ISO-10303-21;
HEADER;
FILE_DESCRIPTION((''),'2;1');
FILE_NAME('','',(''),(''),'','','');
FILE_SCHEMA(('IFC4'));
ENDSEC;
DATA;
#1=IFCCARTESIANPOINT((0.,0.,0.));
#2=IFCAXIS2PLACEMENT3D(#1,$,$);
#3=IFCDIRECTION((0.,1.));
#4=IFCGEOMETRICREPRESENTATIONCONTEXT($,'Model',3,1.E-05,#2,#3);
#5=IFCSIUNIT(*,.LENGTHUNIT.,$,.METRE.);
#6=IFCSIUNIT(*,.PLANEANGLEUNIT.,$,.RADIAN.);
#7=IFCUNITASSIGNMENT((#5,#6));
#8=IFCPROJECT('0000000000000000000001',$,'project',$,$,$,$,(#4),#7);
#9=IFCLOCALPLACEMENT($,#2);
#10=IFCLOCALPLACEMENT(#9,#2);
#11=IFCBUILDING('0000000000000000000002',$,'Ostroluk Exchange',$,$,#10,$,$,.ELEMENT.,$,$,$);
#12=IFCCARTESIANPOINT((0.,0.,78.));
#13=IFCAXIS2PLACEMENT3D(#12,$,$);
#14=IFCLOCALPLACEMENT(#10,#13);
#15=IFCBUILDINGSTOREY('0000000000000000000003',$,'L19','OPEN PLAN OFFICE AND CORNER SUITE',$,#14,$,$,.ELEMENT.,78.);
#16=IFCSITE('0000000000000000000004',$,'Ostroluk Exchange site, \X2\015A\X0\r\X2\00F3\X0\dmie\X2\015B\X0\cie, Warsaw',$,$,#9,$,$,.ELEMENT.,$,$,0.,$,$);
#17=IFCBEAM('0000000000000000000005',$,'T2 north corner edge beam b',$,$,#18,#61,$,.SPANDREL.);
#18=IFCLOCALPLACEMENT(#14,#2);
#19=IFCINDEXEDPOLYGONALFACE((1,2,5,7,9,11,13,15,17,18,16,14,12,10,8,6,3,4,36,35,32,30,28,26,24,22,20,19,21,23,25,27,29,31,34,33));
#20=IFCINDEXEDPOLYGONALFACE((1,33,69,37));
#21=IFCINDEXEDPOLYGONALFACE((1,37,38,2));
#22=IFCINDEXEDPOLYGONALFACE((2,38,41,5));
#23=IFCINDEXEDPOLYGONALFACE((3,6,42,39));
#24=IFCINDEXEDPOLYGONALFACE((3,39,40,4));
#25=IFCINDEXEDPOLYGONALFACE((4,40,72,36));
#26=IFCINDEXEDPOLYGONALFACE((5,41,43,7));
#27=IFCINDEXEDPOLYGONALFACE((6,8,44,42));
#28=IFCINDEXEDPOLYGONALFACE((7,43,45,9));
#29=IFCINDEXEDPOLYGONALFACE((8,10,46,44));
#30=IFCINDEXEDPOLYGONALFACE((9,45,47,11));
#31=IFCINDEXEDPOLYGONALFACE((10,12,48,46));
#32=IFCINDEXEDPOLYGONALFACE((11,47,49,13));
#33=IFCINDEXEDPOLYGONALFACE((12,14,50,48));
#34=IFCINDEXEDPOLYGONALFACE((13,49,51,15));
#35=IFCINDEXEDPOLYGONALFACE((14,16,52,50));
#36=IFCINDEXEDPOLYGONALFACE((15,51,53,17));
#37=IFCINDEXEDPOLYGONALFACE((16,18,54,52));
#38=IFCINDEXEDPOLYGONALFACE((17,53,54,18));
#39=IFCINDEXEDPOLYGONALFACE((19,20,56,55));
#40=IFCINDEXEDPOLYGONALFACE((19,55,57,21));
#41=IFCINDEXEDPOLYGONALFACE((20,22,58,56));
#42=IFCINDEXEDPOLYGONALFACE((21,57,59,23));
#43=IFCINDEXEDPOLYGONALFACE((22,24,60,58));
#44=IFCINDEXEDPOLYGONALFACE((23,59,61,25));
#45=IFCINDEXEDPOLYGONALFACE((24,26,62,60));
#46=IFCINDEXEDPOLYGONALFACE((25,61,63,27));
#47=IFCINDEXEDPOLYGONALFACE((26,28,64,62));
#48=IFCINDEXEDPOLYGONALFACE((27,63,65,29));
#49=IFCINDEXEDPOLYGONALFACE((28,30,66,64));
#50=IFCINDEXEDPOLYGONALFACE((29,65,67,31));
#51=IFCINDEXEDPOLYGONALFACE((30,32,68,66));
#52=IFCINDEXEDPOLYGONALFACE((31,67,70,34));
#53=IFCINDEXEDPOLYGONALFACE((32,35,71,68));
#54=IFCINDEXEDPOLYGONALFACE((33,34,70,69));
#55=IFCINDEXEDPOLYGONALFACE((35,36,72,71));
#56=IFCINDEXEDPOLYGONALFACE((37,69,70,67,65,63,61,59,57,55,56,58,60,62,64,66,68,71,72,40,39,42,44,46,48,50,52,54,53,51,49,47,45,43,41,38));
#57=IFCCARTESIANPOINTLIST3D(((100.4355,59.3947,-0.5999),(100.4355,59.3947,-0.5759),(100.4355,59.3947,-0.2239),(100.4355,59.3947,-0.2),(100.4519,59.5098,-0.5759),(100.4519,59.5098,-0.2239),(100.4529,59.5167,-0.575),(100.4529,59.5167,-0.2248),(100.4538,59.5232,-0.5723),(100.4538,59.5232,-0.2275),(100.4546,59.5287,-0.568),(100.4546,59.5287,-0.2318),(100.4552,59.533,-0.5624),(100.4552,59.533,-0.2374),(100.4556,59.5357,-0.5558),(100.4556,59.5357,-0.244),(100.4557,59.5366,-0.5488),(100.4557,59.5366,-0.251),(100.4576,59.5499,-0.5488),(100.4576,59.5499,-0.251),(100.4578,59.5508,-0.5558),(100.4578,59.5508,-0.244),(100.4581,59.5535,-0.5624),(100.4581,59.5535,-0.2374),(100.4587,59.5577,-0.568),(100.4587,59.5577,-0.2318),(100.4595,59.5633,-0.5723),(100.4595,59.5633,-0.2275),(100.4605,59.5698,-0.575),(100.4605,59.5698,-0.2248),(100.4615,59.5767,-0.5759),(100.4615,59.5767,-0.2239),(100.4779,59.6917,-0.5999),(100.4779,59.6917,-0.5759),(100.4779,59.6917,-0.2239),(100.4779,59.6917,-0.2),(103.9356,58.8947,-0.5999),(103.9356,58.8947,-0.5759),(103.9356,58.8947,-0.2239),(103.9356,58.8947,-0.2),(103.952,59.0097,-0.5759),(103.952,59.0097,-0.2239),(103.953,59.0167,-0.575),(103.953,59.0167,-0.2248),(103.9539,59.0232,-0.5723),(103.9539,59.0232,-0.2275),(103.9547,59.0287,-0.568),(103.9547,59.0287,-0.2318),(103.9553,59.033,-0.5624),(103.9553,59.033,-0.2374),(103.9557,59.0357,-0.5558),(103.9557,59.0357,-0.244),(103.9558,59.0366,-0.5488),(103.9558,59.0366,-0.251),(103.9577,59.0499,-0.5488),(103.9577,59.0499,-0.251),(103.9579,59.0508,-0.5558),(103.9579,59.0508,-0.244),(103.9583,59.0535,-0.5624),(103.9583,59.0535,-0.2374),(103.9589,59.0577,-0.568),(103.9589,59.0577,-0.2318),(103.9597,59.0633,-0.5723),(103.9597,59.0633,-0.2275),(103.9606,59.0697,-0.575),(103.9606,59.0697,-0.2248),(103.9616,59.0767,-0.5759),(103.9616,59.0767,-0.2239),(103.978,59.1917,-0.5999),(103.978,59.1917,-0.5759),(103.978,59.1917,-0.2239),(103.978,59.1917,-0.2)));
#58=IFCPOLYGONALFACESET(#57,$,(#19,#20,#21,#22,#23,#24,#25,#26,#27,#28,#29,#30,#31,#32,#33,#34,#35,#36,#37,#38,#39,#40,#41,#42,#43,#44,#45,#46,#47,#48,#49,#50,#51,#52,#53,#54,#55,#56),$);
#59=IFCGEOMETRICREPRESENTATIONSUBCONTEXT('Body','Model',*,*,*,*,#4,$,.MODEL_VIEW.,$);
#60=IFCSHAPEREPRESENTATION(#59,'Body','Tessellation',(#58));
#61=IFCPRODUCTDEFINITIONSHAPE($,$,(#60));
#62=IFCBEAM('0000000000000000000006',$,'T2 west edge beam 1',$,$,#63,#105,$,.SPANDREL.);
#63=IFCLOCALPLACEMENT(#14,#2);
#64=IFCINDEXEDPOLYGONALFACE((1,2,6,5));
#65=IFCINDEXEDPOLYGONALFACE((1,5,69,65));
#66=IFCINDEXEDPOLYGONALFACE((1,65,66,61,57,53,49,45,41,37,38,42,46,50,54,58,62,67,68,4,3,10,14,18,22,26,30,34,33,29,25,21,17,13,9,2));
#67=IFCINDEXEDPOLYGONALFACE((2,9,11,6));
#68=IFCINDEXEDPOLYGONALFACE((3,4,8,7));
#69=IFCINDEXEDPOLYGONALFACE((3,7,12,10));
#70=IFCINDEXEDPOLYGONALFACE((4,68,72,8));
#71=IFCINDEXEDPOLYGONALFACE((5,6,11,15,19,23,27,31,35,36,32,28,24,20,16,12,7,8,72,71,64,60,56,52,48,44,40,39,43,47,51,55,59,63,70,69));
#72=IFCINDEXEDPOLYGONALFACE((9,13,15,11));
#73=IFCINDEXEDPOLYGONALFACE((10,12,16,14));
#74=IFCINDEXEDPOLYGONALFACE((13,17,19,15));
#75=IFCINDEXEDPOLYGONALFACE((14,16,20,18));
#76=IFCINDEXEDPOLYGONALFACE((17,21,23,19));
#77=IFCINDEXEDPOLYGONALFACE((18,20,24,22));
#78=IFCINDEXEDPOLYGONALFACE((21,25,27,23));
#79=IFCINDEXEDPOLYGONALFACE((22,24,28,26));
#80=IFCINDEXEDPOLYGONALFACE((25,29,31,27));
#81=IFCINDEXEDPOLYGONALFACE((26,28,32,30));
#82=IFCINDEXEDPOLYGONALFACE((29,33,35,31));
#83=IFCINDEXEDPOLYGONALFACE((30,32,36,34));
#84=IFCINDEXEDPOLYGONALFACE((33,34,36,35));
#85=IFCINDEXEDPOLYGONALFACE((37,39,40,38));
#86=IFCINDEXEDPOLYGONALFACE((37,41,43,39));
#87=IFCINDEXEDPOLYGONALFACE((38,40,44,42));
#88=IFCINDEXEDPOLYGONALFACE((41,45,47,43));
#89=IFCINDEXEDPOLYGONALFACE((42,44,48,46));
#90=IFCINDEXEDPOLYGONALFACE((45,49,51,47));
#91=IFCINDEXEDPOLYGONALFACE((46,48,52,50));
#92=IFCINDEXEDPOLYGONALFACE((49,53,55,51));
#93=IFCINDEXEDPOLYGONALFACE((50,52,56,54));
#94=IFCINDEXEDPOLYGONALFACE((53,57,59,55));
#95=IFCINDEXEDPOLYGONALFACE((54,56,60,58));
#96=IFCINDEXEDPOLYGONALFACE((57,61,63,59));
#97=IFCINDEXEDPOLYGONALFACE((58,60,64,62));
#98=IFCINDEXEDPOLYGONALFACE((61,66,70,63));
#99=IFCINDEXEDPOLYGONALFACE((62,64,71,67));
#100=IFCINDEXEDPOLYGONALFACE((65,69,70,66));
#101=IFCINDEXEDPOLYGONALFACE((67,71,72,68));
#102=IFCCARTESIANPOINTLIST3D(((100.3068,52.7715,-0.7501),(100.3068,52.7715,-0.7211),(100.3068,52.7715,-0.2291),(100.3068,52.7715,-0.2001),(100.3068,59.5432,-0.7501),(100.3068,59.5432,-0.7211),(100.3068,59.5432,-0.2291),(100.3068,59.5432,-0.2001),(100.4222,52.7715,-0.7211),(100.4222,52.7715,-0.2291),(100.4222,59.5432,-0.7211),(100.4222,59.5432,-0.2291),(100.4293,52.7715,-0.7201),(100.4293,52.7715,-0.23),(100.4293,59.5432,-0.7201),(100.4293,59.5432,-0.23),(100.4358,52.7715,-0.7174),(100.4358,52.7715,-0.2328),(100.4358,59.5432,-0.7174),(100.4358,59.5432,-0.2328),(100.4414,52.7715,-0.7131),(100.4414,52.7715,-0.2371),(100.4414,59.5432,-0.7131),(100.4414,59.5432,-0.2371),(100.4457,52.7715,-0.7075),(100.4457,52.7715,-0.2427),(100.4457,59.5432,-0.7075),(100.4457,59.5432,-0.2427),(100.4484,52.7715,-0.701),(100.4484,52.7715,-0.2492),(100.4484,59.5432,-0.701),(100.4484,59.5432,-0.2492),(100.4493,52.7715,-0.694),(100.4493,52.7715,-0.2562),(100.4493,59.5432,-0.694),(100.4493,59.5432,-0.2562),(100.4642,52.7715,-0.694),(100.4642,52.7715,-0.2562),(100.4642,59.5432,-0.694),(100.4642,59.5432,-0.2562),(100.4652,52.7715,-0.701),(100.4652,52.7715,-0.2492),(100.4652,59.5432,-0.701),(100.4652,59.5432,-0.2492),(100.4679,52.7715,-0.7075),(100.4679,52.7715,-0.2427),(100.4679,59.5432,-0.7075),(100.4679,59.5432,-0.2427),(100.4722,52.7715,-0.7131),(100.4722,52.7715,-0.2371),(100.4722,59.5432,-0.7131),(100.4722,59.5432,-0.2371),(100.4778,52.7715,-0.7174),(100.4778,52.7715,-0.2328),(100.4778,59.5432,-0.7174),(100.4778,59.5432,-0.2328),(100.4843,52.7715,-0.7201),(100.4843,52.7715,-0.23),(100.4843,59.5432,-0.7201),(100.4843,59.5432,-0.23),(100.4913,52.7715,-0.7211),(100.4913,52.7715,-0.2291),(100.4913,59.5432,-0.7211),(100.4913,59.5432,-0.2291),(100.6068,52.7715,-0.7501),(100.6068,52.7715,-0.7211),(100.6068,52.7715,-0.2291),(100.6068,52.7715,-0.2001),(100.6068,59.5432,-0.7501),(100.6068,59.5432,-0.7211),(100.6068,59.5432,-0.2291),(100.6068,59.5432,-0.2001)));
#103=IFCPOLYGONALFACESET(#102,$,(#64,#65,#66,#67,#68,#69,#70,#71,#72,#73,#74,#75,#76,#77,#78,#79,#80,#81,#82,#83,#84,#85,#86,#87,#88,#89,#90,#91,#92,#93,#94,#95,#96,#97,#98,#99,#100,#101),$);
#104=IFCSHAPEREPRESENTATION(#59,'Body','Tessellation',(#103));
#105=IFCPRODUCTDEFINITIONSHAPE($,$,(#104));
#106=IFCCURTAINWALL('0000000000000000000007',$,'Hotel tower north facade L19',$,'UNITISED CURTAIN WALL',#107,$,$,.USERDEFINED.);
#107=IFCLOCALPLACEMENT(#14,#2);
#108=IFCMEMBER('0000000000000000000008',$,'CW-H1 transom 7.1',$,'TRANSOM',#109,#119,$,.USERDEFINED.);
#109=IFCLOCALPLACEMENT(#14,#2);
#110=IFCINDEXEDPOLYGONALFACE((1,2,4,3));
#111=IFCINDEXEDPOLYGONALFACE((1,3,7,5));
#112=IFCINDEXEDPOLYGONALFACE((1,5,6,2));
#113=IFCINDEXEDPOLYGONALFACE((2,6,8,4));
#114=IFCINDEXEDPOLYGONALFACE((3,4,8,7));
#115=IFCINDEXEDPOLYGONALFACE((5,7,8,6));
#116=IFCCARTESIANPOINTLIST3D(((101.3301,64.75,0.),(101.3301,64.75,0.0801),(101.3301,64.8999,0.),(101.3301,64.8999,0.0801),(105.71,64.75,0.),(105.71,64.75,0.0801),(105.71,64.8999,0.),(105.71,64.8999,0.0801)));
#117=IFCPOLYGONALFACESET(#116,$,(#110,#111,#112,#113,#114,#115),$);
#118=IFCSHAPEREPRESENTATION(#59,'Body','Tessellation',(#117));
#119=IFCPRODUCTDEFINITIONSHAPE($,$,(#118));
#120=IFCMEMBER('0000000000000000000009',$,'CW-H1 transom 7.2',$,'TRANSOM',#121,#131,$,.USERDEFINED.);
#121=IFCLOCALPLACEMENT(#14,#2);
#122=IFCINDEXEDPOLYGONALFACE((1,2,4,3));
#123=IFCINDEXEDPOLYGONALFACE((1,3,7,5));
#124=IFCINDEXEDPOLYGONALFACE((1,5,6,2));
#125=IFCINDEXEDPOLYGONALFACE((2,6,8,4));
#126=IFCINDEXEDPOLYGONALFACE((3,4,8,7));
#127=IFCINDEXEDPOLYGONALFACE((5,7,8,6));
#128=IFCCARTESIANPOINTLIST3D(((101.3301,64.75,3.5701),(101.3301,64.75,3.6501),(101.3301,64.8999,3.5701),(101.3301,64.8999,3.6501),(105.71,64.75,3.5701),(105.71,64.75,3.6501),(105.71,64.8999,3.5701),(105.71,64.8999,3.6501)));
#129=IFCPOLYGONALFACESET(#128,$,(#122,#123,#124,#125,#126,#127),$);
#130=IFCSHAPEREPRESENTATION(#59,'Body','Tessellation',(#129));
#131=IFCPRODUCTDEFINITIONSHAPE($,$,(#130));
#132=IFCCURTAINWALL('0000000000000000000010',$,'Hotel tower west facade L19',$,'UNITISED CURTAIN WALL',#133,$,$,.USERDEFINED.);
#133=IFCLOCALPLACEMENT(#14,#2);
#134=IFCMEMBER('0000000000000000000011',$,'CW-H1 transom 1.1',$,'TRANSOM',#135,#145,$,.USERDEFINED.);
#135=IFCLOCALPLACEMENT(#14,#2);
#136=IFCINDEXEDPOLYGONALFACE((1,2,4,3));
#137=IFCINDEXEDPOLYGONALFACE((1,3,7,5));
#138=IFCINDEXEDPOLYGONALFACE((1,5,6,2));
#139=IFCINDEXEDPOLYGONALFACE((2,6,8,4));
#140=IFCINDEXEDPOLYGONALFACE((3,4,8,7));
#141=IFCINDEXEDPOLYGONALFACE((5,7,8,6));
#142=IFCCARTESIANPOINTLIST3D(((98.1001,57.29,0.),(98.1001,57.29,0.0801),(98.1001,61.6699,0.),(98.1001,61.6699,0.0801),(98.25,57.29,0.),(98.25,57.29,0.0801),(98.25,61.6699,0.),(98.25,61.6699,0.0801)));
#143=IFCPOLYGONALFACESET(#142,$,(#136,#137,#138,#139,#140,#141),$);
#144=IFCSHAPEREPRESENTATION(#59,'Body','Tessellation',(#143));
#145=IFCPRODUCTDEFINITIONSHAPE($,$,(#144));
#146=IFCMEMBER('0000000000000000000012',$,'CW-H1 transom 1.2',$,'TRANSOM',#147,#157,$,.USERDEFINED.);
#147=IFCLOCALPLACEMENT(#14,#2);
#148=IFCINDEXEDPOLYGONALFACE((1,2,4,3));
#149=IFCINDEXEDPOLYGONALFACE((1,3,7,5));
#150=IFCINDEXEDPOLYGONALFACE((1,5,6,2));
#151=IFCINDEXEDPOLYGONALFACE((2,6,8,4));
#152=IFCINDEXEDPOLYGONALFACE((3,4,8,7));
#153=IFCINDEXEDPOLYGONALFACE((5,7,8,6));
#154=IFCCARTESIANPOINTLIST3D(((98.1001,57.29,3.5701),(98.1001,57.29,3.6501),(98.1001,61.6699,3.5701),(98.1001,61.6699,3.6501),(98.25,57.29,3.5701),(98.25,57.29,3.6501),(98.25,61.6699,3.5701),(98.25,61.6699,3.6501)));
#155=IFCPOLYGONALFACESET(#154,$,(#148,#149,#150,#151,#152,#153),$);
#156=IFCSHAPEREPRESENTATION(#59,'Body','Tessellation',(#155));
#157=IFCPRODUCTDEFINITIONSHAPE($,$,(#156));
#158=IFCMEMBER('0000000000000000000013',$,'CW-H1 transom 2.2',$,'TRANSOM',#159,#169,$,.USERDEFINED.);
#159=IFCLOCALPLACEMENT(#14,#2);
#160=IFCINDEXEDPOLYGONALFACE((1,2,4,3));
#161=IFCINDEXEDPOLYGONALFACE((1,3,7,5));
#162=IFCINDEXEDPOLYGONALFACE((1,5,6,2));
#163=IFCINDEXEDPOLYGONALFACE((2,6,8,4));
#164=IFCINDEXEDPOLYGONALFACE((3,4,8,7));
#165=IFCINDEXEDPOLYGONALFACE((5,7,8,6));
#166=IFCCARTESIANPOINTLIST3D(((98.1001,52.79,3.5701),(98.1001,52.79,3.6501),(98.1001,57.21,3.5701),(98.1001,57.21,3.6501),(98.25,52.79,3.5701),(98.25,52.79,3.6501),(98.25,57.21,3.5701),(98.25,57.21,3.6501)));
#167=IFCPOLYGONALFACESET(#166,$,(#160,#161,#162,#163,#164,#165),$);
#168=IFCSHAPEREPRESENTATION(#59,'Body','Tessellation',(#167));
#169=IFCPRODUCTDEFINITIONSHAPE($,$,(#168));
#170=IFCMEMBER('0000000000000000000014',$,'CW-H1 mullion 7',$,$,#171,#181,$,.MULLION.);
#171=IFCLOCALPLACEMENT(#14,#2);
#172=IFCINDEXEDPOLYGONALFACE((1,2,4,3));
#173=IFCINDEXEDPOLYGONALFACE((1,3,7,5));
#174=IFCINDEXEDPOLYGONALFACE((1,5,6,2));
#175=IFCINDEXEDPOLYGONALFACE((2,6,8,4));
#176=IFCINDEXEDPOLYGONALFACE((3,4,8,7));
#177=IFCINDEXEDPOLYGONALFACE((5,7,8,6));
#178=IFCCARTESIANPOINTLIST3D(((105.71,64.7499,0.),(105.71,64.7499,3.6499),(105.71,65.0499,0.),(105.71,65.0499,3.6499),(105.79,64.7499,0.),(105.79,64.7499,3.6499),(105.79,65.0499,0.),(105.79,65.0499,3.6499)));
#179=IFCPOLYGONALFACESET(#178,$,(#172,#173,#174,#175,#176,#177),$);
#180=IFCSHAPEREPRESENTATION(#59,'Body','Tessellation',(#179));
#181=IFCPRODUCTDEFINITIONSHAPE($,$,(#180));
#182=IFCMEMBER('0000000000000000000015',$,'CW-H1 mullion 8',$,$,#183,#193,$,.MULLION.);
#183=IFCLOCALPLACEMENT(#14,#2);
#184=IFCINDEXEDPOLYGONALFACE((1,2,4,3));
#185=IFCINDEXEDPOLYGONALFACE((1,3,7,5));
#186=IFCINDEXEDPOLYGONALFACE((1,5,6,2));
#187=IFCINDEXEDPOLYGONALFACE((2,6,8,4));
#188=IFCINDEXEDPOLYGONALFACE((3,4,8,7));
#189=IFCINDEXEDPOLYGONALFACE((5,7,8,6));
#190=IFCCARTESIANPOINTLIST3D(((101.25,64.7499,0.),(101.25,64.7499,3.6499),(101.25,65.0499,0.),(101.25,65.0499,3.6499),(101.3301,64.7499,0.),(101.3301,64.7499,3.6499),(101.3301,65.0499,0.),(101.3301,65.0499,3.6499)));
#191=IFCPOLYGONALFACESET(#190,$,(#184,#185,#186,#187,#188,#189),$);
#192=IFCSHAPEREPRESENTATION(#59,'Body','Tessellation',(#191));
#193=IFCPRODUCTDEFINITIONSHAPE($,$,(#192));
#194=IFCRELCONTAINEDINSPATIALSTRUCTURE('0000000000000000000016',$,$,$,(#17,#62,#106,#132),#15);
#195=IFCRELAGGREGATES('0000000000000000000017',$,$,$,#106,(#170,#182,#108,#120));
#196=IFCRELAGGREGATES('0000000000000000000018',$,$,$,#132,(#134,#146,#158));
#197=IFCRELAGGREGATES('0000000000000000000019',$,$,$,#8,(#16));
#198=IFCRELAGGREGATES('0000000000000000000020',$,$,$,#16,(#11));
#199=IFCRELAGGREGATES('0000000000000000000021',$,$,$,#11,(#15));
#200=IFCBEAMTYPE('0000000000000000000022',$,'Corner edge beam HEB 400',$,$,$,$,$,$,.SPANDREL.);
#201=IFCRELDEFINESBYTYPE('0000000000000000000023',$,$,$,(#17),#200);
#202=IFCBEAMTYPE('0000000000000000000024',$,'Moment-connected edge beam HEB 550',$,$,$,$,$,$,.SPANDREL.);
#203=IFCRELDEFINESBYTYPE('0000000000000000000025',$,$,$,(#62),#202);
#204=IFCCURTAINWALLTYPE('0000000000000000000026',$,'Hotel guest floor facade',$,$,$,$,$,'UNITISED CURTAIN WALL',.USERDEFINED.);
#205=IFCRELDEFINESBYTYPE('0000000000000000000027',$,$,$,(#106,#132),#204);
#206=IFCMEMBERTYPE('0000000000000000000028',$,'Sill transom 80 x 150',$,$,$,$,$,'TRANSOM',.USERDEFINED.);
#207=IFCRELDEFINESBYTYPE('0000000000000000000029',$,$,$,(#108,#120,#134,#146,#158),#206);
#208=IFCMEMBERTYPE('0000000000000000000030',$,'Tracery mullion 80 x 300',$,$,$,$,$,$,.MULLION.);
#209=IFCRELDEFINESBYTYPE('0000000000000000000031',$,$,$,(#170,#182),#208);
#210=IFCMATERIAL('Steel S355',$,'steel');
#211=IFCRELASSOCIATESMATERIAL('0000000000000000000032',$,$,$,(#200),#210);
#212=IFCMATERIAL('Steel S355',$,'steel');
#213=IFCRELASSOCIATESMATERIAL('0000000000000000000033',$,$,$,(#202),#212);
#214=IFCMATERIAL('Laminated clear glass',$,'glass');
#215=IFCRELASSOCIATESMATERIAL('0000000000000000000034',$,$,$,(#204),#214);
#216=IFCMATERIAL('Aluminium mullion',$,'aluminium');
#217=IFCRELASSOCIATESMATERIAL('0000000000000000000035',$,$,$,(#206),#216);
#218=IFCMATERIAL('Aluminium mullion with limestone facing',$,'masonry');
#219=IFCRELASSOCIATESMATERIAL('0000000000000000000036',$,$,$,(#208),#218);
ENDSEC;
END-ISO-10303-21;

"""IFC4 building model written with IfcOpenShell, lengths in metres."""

from ifc_helpers import new_model, si_unit, direction, frame, origin, origin_2d, place, context, subcontext, project, spatial, rectangle, i_section, extrude, material, material_profile, profile_set, type_object, element, aggregate, save


model = new_model("IFC4")

# Units and contexts
model_context = context("Model", 3, precision=1e-05, world=origin(), true_north=direction((0.0, 1.0)))
body_context = subcontext(model_context, "Body", "Model", "MODEL_VIEW")
ifc_project = project(units=[si_unit("LENGTHUNIT", "METRE"), si_unit("PLANEANGLEUNIT", "RADIAN")], contexts=[model_context])

# Site, building, storey
site_placement = place(None, origin())
site = spatial("IfcSite", under=ifc_project, at=site_placement, Name="Ostroluk Exchange site, Śródmieście, Warsaw", CompositionType="ELEMENT", RefElevation=0.0)
building_placement = place(site_placement, origin())
building = spatial("IfcBuilding", under=site, at=building_placement, Name="Ostroluk Exchange", CompositionType="ELEMENT")
storey_placement = place(building_placement, frame((0.0, 0.0, 78.0)))
storey = spatial("IfcBuildingStorey", under=building, at=storey_placement, Name="L19", Description="OPEN PLAN OFFICE AND CORNER SUITE", CompositionType="ELEMENT", Elevation=78.0)

# Beams
ifc_material_1 = material(Name="Steel S355", Category="steel")
ifc_material_profile_1 = material_profile(ifc_material_1, i_section(OverallWidth=0.3, OverallDepth=0.3999, WebThickness=0.0134, FlangeThickness=0.0239, FilletRadius=0.0271, at=origin_2d()), Name="HEB 400")
ifc_profile_set_1 = profile_set([ifc_material_profile_1], Name="Steel S355")
beam_type_1 = type_object("IfcBeamType", Name="Corner edge beam HEB 400", PredefinedType="SPANDREL", material=ifc_profile_set_1)
for number, where, z_axis, x_axis, name in (
    (1, (103.9568, 59.0432, -0.3999), (-0.989949, 0.141421, 0.0), (-0.141421, -0.989949, 0.0), "T2 north corner edge beam b"),
):
    element("IfcBeam", number, at=place(storey_placement, frame(where, z_axis=z_axis, x_axis=x_axis)), inside=storey, type_object=beam_type_1, Name=name, PredefinedType="SPANDREL", context=body_context, shape_type="SweptSolid", body=[
        extrude(i_section(OverallWidth=0.3, OverallDepth=0.3999, WebThickness=0.0134, FlangeThickness=0.0239, FilletRadius=0.0271, at=origin_2d()), origin(), (0.0, 0.0, 1.0), 3.5356),
    ])
ifc_material_2 = material(Name="Steel S355", Category="steel")
ifc_material_profile_2 = material_profile(ifc_material_2, i_section(OverallWidth=0.3, OverallDepth=0.55, WebThickness=0.0149, FlangeThickness=0.0291, FilletRadius=0.0271, at=origin_2d()), Name="HEB 550")
ifc_profile_set_2 = profile_set([ifc_material_profile_2], Name="Steel S355")
beam_type_2 = type_object("IfcBeamType", Name="Moment-connected edge beam HEB 550", PredefinedType="SPANDREL", material=ifc_profile_set_2)
beam_1_placement = place(storey_placement, frame((100.4568, 59.5432, -0.4751), z_axis=(0.0, -1.0, 0.0), x_axis=(1.0, 0.0, 0.0)))
element("IfcBeam", 2, at=beam_1_placement, inside=storey, type_object=beam_type_2, Name="T2 west edge beam 1", PredefinedType="SPANDREL", context=body_context, shape_type="SweptSolid", body=[
    extrude(i_section(OverallWidth=0.3, OverallDepth=0.55, WebThickness=0.0149, FlangeThickness=0.0291, FilletRadius=0.0271, at=origin_2d()), origin(), (0.0, 0.0, 1.0), 6.7717),
])

# Curtain walls, members
ifc_material_3 = material(Name="Laminated clear glass", Category="glass")
curtain_wall_type = type_object("IfcCurtainWallType", Name="Hotel guest floor facade", ElementType="UNITISED CURTAIN WALL", PredefinedType="USERDEFINED", material=ifc_material_3)
curtain_wall_1_placement = place(storey_placement, origin())
curtain_wall_1 = element("IfcCurtainWall", 3, at=curtain_wall_1_placement, inside=storey, type_object=curtain_wall_type, Name="Hotel tower north facade L19", ObjectType="UNITISED CURTAIN WALL", PredefinedType="USERDEFINED")
ifc_material_4 = material(Name="Aluminium mullion", Category="aluminium")
ifc_material_profile_3 = material_profile(ifc_material_4, rectangle(XDim=0.1499, YDim=0.0801, at=origin_2d()), Name="Sill transom 80 x 150")
ifc_profile_set_3 = profile_set([ifc_material_profile_3], Name="Aluminium mullion")
member_type_1 = type_object("IfcMemberType", Name="Sill transom 80 x 150", ElementType="TRANSOM", PredefinedType="USERDEFINED", material=ifc_profile_set_3)
member_1_placement = place(storey_placement, frame((105.71, 64.825, 0.04), z_axis=(-1.0, 0.0, 0.0), x_axis=(0.0, -1.0, 0.0)))
member_1 = element("IfcMember", 4, at=member_1_placement, type_object=member_type_1, Name="CW-H1 transom 7.1", ObjectType="TRANSOM", PredefinedType="USERDEFINED", context=body_context, shape_type="SweptSolid", body=[
    extrude(rectangle(XDim=0.1499, YDim=0.0801, at=origin_2d()), origin(), (0.0, 0.0, 1.0), 4.3799),
])
member_2_placement = place(storey_placement, frame((105.71, 64.825, 3.6101), z_axis=(-1.0, 0.0, 0.0), x_axis=(0.0, -1.0, 0.0)))
member_2 = element("IfcMember", 5, at=member_2_placement, type_object=member_type_1, Name="CW-H1 transom 7.2", ObjectType="TRANSOM", PredefinedType="USERDEFINED", context=body_context, shape_type="SweptSolid", body=[
    extrude(rectangle(XDim=0.1499, YDim=0.0801, at=origin_2d()), origin(), (0.0, 0.0, 1.0), 4.3799),
])
curtain_wall_2_placement = place(storey_placement, origin())
curtain_wall_2 = element("IfcCurtainWall", 6, at=curtain_wall_2_placement, inside=storey, type_object=curtain_wall_type, Name="Hotel tower west facade L19", ObjectType="UNITISED CURTAIN WALL", PredefinedType="USERDEFINED")
member_3_placement = place(storey_placement, frame((98.175, 61.6699, 0.04), z_axis=(0.0, -1.0, 0.0), x_axis=(1.0, 0.0, 0.0)))
member_3 = element("IfcMember", 7, at=member_3_placement, type_object=member_type_1, Name="CW-H1 transom 1.1", ObjectType="TRANSOM", PredefinedType="USERDEFINED", context=body_context, shape_type="SweptSolid", body=[
    extrude(rectangle(XDim=0.1499, YDim=0.0801, at=origin_2d()), origin(), (0.0, 0.0, 1.0), 4.3799),
])
member_4_placement = place(storey_placement, frame((98.175, 61.6699, 3.6101), z_axis=(0.0, -1.0, 0.0), x_axis=(1.0, 0.0, 0.0)))
member_4 = element("IfcMember", 8, at=member_4_placement, type_object=member_type_1, Name="CW-H1 transom 1.2", ObjectType="TRANSOM", PredefinedType="USERDEFINED", context=body_context, shape_type="SweptSolid", body=[
    extrude(rectangle(XDim=0.1499, YDim=0.0801, at=origin_2d()), origin(), (0.0, 0.0, 1.0), 4.3799),
])
member_5_placement = place(storey_placement, frame((98.175, 57.21, 3.6101), z_axis=(0.0, -1.0, 0.0), x_axis=(1.0, 0.0, 0.0)))
member_5 = element("IfcMember", 9, at=member_5_placement, type_object=member_type_1, Name="CW-H1 transom 2.2", ObjectType="TRANSOM", PredefinedType="USERDEFINED", context=body_context, shape_type="SweptSolid", body=[
    extrude(rectangle(XDim=0.1499, YDim=0.0801, at=origin_2d()), origin(), (0.0, 0.0, 1.0), 4.4199),
])

# Members
ifc_material_5 = material(Name="Aluminium mullion with limestone facing", Category="masonry")
ifc_material_profile_4 = material_profile(ifc_material_5, rectangle(XDim=0.3, YDim=0.0801, at=origin_2d()), Name="Tracery mullion 80 x 300")
ifc_profile_set_4 = profile_set([ifc_material_profile_4], Name="Aluminium mullion with limestone facing")
member_type_2 = type_object("IfcMemberType", Name="Tracery mullion 80 x 300", PredefinedType="MULLION", material=ifc_profile_set_4)
member_6_placement = place(storey_placement, frame((105.75, 64.8999, 0.0), z_axis=(0.0, 0.0, 1.0), x_axis=(0.0, -1.0, 0.0)))
member_6 = element("IfcMember", 10, at=member_6_placement, type_object=member_type_2, Name="CW-H1 mullion 7", PredefinedType="MULLION", context=body_context, shape_type="SweptSolid", body=[
    extrude(rectangle(XDim=0.3, YDim=0.0801, at=origin_2d()), origin(), (0.0, 0.0, 1.0), 3.6499),
])
member_7_placement = place(storey_placement, frame((101.29, 64.8999, 0.0), z_axis=(0.0, 0.0, 1.0), x_axis=(0.0, -1.0, 0.0)))
member_7 = element("IfcMember", 11, at=member_7_placement, type_object=member_type_2, Name="CW-H1 mullion 8", PredefinedType="MULLION", context=body_context, shape_type="SweptSolid", body=[
    extrude(rectangle(XDim=0.3, YDim=0.0801, at=origin_2d()), origin(), (0.0, 0.0, 1.0), 3.6499),
])

aggregate(curtain_wall_1, [member_6, member_7, member_1, member_2])
aggregate(curtain_wall_2, [member_3, member_4, member_5])

save(model, "model.ifc")
